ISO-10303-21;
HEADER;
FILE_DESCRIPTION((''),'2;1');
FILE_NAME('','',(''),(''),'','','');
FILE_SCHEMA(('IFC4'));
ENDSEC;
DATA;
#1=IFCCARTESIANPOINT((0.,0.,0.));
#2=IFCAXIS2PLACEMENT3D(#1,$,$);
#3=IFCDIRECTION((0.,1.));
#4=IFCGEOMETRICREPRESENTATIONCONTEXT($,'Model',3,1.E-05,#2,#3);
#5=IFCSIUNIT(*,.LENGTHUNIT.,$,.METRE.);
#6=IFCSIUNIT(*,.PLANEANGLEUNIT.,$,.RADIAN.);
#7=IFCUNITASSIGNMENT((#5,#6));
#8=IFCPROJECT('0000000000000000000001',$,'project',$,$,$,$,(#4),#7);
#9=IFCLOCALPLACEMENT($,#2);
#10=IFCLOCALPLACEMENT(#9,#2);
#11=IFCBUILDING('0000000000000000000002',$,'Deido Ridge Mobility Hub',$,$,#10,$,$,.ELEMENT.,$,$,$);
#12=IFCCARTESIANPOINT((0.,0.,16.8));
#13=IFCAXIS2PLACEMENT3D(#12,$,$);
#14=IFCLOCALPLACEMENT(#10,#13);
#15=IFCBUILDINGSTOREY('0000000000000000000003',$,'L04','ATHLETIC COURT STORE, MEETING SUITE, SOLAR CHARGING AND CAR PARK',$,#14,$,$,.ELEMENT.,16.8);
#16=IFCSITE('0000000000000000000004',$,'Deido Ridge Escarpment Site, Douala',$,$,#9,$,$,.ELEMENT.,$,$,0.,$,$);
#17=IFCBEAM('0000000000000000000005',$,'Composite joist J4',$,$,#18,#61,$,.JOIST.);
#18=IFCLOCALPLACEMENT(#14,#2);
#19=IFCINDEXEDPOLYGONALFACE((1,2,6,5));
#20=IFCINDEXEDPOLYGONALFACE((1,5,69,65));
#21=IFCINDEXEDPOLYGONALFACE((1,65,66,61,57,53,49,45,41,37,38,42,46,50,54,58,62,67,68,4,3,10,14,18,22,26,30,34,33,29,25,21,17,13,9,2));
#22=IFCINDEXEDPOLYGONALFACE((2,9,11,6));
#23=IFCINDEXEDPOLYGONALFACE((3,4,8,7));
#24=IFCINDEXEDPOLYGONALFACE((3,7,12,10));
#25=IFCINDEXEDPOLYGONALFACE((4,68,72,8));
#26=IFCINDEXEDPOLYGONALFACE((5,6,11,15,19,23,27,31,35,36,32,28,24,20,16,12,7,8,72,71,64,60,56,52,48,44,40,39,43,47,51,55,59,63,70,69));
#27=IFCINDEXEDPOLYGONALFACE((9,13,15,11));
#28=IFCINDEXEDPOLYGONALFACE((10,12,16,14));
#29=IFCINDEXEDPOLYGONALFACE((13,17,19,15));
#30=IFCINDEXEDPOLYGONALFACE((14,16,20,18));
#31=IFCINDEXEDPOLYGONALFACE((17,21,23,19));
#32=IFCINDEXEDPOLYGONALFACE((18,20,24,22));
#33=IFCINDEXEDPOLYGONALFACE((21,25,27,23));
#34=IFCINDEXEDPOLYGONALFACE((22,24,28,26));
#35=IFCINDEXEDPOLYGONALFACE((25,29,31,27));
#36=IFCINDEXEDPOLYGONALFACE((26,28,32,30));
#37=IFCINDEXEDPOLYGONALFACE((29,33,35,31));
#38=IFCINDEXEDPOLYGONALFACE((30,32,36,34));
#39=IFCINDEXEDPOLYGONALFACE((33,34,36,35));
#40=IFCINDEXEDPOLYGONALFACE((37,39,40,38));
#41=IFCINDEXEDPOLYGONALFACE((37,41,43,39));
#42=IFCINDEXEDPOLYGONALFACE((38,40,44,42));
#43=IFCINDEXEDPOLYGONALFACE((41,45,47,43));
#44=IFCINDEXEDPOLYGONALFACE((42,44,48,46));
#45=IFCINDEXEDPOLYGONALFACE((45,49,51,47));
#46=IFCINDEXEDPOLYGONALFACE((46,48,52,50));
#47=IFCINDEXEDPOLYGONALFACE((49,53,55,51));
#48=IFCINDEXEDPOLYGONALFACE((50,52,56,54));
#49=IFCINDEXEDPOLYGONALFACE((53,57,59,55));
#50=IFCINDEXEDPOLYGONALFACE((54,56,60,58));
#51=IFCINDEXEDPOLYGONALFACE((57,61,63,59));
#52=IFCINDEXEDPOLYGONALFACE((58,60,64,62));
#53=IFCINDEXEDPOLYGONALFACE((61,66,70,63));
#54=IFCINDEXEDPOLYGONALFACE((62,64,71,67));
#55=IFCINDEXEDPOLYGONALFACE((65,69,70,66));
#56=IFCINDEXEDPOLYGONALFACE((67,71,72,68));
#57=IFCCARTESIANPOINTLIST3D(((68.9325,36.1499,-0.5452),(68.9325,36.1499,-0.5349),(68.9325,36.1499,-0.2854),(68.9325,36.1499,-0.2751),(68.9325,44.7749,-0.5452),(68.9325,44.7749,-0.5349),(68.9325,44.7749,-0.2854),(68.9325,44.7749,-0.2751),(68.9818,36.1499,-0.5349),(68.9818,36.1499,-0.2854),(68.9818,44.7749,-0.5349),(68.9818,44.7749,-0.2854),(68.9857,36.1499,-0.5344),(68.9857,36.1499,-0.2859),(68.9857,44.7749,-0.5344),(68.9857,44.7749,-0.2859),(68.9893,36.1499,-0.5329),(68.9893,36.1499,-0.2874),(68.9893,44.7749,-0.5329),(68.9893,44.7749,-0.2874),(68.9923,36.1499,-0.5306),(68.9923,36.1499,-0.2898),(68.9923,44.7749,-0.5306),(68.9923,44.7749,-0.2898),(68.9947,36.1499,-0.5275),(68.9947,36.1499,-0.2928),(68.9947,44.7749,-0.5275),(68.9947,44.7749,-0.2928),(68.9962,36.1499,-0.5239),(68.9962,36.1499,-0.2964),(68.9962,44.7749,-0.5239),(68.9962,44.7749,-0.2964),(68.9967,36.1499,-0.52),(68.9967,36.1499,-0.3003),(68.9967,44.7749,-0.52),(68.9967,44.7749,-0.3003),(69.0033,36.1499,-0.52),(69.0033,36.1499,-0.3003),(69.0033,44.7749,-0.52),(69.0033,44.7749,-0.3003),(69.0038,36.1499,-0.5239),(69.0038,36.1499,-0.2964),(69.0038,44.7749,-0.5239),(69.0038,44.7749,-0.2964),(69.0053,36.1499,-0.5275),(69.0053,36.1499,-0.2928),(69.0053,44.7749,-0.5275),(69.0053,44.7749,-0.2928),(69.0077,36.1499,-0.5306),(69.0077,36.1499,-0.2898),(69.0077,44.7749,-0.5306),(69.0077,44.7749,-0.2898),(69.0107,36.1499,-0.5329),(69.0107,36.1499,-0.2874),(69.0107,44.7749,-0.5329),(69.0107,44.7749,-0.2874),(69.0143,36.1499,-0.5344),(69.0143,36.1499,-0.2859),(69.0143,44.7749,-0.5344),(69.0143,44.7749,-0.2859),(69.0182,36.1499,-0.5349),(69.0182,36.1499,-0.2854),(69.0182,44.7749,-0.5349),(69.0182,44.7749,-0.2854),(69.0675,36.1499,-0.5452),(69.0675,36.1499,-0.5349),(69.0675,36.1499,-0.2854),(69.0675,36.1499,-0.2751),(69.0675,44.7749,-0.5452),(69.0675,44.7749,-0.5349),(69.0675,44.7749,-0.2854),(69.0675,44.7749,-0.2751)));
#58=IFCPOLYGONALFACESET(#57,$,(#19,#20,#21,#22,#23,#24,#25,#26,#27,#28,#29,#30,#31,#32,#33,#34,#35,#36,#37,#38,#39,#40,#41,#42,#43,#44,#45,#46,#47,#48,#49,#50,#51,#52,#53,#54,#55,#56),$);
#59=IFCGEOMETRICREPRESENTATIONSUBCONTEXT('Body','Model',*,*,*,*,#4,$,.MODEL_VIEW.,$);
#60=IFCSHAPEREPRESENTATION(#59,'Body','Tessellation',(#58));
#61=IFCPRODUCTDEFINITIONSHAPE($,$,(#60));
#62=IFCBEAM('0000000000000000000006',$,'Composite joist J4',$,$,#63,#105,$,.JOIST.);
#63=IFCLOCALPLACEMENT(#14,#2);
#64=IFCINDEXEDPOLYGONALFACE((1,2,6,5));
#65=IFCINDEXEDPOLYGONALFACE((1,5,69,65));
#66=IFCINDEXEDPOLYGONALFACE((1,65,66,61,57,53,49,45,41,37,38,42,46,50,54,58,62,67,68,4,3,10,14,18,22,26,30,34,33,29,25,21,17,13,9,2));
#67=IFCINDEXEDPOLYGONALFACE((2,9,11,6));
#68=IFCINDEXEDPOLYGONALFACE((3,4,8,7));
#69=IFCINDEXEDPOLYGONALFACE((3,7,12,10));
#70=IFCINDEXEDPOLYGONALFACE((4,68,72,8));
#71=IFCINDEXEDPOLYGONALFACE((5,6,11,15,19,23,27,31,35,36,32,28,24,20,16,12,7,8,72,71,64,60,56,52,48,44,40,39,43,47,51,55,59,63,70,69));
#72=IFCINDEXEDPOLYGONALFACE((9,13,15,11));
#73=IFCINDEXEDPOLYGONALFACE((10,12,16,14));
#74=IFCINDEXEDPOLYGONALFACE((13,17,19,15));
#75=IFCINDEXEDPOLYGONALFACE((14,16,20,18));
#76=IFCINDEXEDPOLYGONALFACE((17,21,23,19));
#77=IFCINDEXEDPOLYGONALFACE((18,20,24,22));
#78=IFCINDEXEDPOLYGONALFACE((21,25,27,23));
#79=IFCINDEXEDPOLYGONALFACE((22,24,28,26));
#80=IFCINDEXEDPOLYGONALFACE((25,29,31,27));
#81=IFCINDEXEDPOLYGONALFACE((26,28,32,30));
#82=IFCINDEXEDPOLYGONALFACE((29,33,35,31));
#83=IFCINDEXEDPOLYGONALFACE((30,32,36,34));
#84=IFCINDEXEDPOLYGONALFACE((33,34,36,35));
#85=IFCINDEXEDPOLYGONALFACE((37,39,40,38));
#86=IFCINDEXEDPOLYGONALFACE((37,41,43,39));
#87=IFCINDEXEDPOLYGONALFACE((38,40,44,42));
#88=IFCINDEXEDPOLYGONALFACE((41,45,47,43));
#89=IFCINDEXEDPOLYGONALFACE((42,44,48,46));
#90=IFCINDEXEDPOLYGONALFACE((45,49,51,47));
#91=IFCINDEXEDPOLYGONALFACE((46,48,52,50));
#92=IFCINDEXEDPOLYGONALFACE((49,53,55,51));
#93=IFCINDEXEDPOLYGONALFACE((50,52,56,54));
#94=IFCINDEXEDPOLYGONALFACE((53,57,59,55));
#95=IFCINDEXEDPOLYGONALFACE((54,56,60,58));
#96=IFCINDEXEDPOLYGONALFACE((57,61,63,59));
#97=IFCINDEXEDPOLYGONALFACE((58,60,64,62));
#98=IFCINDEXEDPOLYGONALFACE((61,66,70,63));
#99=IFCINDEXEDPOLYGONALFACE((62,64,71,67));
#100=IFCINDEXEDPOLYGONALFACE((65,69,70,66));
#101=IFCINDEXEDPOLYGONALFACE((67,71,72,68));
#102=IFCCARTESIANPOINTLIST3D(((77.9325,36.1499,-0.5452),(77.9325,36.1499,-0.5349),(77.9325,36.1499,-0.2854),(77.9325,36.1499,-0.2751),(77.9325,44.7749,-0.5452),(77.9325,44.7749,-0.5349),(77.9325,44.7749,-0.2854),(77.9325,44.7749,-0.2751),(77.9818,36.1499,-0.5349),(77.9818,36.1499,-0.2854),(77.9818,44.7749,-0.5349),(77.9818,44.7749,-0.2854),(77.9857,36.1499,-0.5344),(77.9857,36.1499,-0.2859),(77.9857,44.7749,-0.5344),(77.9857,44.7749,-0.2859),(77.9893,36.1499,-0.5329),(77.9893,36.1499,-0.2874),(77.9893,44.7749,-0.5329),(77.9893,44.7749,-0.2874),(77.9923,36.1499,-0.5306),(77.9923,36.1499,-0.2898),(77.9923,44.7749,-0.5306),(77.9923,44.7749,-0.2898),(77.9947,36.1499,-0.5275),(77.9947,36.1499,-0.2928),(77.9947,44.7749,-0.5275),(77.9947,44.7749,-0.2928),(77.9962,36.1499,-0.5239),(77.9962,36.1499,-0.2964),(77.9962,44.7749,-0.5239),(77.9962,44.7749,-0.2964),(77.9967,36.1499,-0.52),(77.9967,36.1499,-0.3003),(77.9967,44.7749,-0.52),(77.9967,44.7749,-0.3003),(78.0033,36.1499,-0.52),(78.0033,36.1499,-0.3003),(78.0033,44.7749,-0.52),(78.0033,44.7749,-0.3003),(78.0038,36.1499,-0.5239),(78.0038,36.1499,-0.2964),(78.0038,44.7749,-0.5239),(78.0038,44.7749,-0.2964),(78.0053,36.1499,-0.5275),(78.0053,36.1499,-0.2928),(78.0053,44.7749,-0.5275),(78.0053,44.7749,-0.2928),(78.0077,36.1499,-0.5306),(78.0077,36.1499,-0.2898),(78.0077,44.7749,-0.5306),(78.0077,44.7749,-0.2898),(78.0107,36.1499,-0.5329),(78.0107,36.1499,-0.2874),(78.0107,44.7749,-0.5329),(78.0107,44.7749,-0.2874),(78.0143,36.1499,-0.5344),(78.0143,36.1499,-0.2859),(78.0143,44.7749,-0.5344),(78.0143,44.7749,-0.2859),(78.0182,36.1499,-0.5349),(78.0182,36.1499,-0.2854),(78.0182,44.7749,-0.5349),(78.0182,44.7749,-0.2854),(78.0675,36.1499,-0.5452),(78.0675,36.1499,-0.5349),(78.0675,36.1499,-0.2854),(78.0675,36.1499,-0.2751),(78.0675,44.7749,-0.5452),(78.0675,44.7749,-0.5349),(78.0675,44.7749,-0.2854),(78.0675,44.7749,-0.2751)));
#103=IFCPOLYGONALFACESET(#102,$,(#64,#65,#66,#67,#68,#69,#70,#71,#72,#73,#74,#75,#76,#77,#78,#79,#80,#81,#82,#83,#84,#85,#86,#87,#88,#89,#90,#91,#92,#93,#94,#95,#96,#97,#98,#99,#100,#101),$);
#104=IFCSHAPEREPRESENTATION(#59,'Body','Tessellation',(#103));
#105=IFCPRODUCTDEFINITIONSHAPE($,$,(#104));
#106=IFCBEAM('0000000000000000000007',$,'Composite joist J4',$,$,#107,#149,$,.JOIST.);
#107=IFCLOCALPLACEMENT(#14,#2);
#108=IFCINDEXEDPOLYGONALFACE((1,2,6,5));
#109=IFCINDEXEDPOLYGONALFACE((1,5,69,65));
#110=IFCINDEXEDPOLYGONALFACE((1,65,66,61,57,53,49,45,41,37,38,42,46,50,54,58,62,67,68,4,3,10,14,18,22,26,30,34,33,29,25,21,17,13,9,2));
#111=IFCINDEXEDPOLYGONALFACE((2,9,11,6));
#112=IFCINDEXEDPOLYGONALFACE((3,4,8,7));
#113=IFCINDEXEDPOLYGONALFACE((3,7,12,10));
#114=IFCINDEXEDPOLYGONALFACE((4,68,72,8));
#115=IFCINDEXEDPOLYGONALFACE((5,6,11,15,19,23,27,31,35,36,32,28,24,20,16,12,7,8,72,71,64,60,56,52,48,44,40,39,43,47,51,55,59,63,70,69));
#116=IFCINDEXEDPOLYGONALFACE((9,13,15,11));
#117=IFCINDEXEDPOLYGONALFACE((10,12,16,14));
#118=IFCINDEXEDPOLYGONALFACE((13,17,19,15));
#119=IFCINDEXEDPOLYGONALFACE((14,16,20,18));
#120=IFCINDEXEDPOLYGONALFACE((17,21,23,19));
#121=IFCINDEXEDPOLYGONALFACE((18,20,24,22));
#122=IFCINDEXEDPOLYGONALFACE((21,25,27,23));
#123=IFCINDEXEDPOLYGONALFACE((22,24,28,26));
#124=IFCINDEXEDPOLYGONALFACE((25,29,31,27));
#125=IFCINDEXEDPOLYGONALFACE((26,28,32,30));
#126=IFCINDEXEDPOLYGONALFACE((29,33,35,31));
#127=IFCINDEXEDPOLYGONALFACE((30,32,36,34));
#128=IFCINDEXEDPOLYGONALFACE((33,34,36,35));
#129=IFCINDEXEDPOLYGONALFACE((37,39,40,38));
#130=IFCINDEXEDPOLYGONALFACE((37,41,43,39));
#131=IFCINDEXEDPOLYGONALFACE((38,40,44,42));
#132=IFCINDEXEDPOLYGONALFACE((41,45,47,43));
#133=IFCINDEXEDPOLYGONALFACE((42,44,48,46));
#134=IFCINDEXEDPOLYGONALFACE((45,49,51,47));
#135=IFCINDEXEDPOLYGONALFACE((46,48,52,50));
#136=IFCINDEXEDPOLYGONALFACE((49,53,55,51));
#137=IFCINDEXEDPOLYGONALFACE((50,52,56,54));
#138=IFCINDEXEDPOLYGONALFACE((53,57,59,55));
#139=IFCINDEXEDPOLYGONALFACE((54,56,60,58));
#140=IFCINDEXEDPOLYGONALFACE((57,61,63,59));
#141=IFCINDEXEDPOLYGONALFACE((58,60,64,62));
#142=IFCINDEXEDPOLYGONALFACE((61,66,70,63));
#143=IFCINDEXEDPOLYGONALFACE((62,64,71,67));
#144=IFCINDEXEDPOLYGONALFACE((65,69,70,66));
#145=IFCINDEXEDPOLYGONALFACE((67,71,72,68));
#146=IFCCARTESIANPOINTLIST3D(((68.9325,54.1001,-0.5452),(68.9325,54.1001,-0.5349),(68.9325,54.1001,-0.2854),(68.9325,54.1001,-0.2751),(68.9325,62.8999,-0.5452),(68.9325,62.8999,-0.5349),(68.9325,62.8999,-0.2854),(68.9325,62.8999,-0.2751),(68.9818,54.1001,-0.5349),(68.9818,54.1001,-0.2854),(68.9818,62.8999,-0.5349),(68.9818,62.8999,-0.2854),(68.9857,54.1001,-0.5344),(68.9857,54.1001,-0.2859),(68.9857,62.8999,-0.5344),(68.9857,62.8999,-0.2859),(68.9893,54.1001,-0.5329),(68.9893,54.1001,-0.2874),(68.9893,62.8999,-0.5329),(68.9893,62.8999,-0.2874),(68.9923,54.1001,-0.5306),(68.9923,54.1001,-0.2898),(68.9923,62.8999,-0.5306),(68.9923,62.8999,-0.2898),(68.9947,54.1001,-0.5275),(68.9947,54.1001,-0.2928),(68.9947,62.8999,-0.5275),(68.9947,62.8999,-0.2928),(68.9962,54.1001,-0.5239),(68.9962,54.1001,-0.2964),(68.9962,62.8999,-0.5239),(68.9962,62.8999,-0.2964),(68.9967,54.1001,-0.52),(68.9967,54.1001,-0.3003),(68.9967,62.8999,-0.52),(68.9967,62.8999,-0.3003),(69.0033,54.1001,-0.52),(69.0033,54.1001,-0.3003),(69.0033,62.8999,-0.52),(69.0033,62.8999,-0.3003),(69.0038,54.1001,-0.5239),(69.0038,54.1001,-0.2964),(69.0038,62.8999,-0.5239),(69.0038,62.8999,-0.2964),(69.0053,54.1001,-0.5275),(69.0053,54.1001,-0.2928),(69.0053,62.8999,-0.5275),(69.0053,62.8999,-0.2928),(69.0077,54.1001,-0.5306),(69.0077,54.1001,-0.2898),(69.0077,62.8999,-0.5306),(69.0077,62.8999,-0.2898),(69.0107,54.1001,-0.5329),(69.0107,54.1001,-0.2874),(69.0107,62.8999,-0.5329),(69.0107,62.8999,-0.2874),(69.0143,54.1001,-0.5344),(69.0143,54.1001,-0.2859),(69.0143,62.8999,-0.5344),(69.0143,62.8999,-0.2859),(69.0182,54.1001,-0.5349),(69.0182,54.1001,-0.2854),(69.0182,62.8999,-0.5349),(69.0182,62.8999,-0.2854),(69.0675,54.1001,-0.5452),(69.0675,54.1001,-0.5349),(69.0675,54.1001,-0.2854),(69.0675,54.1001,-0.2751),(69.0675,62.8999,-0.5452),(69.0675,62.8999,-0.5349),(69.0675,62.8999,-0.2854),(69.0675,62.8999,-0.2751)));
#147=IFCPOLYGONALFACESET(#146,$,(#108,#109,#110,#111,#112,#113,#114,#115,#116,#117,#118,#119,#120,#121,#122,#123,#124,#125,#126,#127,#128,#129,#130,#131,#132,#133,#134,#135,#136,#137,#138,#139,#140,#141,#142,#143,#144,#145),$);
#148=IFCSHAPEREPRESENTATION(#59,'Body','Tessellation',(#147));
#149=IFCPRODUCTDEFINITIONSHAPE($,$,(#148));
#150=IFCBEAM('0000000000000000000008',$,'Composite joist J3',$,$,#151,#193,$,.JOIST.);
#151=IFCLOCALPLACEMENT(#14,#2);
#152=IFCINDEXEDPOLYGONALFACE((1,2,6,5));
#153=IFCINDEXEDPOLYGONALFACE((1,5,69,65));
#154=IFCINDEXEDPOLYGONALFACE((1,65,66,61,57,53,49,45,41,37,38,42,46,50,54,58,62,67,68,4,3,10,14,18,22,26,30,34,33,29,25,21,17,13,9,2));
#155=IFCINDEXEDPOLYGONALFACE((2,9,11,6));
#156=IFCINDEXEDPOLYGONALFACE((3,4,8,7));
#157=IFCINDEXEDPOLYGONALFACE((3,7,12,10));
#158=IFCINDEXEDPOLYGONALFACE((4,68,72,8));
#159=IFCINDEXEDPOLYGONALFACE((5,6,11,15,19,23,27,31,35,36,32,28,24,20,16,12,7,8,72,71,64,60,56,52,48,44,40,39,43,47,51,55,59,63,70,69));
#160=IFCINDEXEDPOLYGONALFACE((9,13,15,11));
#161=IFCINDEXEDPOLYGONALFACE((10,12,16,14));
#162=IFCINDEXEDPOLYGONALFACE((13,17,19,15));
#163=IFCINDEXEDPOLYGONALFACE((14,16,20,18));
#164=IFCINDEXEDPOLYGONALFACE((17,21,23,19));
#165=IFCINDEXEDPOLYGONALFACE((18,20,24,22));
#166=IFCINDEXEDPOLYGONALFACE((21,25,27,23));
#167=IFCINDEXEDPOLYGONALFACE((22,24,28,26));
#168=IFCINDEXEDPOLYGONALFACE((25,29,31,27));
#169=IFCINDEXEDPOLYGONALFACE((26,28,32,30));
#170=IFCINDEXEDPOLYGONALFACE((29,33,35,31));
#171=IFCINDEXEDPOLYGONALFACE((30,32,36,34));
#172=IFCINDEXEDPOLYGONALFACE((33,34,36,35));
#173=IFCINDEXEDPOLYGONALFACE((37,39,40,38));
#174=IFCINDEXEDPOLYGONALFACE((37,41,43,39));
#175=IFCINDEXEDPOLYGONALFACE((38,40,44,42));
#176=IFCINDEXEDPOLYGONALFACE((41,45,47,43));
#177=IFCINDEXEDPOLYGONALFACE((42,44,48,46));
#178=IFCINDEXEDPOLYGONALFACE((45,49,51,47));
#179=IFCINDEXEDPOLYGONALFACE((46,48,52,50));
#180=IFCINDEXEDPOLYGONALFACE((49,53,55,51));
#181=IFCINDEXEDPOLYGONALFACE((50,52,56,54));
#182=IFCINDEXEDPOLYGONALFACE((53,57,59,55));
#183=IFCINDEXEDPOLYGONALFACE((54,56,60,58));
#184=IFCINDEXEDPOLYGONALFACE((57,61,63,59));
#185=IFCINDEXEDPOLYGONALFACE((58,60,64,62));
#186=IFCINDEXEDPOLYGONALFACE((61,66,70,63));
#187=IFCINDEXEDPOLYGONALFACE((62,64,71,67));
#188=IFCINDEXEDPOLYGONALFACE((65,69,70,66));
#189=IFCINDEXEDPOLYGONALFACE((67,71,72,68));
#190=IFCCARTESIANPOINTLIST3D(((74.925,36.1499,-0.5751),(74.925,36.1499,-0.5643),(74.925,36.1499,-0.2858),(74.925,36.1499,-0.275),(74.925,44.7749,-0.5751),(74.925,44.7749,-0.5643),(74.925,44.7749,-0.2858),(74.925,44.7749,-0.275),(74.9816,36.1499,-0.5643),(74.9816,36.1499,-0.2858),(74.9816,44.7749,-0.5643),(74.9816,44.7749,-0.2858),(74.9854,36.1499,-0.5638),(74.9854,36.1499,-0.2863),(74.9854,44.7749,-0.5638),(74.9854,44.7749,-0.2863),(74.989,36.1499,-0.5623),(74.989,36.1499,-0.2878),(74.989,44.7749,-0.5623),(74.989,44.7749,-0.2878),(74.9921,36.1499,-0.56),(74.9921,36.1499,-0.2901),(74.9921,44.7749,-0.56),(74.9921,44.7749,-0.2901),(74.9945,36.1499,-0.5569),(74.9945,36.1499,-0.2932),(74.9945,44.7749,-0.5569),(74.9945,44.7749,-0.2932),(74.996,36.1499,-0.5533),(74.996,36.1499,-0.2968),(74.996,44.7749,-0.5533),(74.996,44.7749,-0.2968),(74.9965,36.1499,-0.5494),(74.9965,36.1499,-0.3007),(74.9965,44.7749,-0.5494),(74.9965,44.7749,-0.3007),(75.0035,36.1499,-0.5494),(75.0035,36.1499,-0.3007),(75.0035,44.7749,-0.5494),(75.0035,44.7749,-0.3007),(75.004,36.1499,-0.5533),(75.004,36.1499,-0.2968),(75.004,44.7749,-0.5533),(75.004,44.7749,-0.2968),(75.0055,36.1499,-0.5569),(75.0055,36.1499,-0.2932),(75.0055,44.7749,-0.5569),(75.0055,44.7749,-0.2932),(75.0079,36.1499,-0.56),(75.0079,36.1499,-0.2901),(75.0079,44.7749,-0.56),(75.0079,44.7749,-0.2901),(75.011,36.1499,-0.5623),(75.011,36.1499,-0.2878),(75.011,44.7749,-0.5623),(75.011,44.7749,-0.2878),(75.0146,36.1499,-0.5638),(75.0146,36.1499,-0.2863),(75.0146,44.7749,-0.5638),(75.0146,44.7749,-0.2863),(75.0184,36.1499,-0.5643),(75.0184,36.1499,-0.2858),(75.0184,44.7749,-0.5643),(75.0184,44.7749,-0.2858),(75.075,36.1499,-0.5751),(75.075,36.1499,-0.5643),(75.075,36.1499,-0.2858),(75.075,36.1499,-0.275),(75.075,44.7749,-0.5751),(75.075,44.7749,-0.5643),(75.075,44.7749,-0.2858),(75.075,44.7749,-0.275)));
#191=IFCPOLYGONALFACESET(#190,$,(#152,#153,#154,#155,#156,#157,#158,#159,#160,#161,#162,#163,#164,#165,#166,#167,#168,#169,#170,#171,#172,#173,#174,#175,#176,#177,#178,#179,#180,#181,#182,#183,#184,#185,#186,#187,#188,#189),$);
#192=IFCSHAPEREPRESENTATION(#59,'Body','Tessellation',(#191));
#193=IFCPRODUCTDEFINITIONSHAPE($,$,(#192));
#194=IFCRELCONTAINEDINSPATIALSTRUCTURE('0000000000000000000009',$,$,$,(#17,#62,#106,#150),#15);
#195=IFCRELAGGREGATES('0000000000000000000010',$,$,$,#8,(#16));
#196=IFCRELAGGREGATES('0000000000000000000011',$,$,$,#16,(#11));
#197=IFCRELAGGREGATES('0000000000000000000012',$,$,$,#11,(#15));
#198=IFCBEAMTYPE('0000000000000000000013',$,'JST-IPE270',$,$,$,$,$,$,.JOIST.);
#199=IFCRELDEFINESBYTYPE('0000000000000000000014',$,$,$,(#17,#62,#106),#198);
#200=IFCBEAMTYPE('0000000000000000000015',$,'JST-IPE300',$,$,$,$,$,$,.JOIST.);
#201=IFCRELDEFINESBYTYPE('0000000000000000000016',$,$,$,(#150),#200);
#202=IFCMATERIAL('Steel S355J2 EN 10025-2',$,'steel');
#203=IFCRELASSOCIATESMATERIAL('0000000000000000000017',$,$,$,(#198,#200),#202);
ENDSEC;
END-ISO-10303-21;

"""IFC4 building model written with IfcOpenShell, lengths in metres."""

from ifc_helpers import new_model, si_unit, direction, frame, origin, origin_2d, place, context, subcontext, project, spatial, i_section, extrude, material, material_profile, profile_set, type_object, element, save


model = new_model("IFC4")

# Units and contexts
model_context = context("Model", 3, precision=1e-05, world=origin(), true_north=direction((0.0, 1.0)))
body_context = subcontext(model_context, "Body", "Model", "MODEL_VIEW")
ifc_project = project(units=[si_unit("LENGTHUNIT", "METRE"), si_unit("PLANEANGLEUNIT", "RADIAN")], contexts=[model_context])

# Site, building, storey
site_placement = place(None, origin())
site = spatial("IfcSite", under=ifc_project, at=site_placement, Name="Deido Ridge Escarpment Site, Douala", CompositionType="ELEMENT", RefElevation=0.0)
building_placement = place(site_placement, origin())
building = spatial("IfcBuilding", under=site, at=building_placement, Name="Deido Ridge Mobility Hub", CompositionType="ELEMENT")
storey_placement = place(building_placement, frame((0.0, 0.0, 16.8)))
storey = spatial("IfcBuildingStorey", under=building, at=storey_placement, Name="L04", Description="ATHLETIC COURT STORE, MEETING SUITE, SOLAR CHARGING AND CAR PARK", CompositionType="ELEMENT", Elevation=16.8)

# Shared definitions
ifc_material_1 = material(Name="Steel S355J2 EN 10025-2", Category="steel")

# Beams
ifc_material_profile_1 = material_profile(ifc_material_1, i_section(OverallWidth=0.135, OverallDepth=0.27, WebThickness=0.0066, FlangeThickness=0.0103, FilletRadius=0.0149, at=origin_2d()), Name="IPE 270")
ifc_profile_set_1 = profile_set([ifc_material_profile_1], Name="Steel S355J2 EN 10025-2")
beam_type_1 = type_object("IfcBeamType", Name="JST-IPE270", PredefinedType="JOIST", material=ifc_profile_set_1)
for number, where, z_axis, x_axis, name in (
    (1, (69.0, 36.1499, -0.4102), (0.0, 1.0, 0.0), (-1.0, 0.0, 0.0), "Composite joist J4"),
    (2, (78.0, 36.1499, -0.4102), (0.0, 1.0, 0.0), (-1.0, 0.0, 0.0), "Composite joist J4"),
):
    element("IfcBeam", number, at=place(storey_placement, frame(where, z_axis=z_axis, x_axis=x_axis)), inside=storey, type_object=beam_type_1, Name=name, PredefinedType="JOIST", context=body_context, shape_type="SweptSolid", body=[
        extrude(i_section(OverallWidth=0.135, OverallDepth=0.27, WebThickness=0.0066, FlangeThickness=0.0103, FilletRadius=0.0149, at=origin_2d()), origin(), (0.0, 0.0, 1.0), 8.625),
    ])
beam_1_placement = place(storey_placement, frame((69.0, 54.1001, -0.4102), z_axis=(0.0, 1.0, 0.0), x_axis=(-1.0, 0.0, 0.0)))
element("IfcBeam", 3, at=beam_1_placement, inside=storey, type_object=beam_type_1, Name="Composite joist J4", PredefinedType="JOIST", context=body_context, shape_type="SweptSolid", body=[
    extrude(i_section(OverallWidth=0.135, OverallDepth=0.27, WebThickness=0.0066, FlangeThickness=0.0103, FilletRadius=0.0149, at=origin_2d()), origin(), (0.0, 0.0, 1.0), 8.7998),
])
ifc_material_profile_2 = material_profile(ifc_material_1, i_section(OverallWidth=0.1499, OverallDepth=0.3, WebThickness=0.0071, FlangeThickness=0.0107, FilletRadius=0.0149, at=origin_2d()), Name="IPE 300")
ifc_profile_set_2 = profile_set([ifc_material_profile_2], Name="Steel S355J2 EN 10025-2")
beam_type_2 = type_object("IfcBeamType", Name="JST-IPE300", PredefinedType="JOIST", material=ifc_profile_set_2)
beam_2_placement = place(storey_placement, frame((75.0, 36.1499, -0.425), z_axis=(0.0, 1.0, 0.0), x_axis=(-1.0, 0.0, 0.0)))
element("IfcBeam", 4, at=beam_2_placement, inside=storey, type_object=beam_type_2, Name="Composite joist J3", PredefinedType="JOIST", context=body_context, shape_type="SweptSolid", body=[
    extrude(i_section(OverallWidth=0.1499, OverallDepth=0.3, WebThickness=0.0071, FlangeThickness=0.0107, FilletRadius=0.0149, at=origin_2d()), origin(), (0.0, 0.0, 1.0), 8.625),
])

save(model, "model.ifc")
